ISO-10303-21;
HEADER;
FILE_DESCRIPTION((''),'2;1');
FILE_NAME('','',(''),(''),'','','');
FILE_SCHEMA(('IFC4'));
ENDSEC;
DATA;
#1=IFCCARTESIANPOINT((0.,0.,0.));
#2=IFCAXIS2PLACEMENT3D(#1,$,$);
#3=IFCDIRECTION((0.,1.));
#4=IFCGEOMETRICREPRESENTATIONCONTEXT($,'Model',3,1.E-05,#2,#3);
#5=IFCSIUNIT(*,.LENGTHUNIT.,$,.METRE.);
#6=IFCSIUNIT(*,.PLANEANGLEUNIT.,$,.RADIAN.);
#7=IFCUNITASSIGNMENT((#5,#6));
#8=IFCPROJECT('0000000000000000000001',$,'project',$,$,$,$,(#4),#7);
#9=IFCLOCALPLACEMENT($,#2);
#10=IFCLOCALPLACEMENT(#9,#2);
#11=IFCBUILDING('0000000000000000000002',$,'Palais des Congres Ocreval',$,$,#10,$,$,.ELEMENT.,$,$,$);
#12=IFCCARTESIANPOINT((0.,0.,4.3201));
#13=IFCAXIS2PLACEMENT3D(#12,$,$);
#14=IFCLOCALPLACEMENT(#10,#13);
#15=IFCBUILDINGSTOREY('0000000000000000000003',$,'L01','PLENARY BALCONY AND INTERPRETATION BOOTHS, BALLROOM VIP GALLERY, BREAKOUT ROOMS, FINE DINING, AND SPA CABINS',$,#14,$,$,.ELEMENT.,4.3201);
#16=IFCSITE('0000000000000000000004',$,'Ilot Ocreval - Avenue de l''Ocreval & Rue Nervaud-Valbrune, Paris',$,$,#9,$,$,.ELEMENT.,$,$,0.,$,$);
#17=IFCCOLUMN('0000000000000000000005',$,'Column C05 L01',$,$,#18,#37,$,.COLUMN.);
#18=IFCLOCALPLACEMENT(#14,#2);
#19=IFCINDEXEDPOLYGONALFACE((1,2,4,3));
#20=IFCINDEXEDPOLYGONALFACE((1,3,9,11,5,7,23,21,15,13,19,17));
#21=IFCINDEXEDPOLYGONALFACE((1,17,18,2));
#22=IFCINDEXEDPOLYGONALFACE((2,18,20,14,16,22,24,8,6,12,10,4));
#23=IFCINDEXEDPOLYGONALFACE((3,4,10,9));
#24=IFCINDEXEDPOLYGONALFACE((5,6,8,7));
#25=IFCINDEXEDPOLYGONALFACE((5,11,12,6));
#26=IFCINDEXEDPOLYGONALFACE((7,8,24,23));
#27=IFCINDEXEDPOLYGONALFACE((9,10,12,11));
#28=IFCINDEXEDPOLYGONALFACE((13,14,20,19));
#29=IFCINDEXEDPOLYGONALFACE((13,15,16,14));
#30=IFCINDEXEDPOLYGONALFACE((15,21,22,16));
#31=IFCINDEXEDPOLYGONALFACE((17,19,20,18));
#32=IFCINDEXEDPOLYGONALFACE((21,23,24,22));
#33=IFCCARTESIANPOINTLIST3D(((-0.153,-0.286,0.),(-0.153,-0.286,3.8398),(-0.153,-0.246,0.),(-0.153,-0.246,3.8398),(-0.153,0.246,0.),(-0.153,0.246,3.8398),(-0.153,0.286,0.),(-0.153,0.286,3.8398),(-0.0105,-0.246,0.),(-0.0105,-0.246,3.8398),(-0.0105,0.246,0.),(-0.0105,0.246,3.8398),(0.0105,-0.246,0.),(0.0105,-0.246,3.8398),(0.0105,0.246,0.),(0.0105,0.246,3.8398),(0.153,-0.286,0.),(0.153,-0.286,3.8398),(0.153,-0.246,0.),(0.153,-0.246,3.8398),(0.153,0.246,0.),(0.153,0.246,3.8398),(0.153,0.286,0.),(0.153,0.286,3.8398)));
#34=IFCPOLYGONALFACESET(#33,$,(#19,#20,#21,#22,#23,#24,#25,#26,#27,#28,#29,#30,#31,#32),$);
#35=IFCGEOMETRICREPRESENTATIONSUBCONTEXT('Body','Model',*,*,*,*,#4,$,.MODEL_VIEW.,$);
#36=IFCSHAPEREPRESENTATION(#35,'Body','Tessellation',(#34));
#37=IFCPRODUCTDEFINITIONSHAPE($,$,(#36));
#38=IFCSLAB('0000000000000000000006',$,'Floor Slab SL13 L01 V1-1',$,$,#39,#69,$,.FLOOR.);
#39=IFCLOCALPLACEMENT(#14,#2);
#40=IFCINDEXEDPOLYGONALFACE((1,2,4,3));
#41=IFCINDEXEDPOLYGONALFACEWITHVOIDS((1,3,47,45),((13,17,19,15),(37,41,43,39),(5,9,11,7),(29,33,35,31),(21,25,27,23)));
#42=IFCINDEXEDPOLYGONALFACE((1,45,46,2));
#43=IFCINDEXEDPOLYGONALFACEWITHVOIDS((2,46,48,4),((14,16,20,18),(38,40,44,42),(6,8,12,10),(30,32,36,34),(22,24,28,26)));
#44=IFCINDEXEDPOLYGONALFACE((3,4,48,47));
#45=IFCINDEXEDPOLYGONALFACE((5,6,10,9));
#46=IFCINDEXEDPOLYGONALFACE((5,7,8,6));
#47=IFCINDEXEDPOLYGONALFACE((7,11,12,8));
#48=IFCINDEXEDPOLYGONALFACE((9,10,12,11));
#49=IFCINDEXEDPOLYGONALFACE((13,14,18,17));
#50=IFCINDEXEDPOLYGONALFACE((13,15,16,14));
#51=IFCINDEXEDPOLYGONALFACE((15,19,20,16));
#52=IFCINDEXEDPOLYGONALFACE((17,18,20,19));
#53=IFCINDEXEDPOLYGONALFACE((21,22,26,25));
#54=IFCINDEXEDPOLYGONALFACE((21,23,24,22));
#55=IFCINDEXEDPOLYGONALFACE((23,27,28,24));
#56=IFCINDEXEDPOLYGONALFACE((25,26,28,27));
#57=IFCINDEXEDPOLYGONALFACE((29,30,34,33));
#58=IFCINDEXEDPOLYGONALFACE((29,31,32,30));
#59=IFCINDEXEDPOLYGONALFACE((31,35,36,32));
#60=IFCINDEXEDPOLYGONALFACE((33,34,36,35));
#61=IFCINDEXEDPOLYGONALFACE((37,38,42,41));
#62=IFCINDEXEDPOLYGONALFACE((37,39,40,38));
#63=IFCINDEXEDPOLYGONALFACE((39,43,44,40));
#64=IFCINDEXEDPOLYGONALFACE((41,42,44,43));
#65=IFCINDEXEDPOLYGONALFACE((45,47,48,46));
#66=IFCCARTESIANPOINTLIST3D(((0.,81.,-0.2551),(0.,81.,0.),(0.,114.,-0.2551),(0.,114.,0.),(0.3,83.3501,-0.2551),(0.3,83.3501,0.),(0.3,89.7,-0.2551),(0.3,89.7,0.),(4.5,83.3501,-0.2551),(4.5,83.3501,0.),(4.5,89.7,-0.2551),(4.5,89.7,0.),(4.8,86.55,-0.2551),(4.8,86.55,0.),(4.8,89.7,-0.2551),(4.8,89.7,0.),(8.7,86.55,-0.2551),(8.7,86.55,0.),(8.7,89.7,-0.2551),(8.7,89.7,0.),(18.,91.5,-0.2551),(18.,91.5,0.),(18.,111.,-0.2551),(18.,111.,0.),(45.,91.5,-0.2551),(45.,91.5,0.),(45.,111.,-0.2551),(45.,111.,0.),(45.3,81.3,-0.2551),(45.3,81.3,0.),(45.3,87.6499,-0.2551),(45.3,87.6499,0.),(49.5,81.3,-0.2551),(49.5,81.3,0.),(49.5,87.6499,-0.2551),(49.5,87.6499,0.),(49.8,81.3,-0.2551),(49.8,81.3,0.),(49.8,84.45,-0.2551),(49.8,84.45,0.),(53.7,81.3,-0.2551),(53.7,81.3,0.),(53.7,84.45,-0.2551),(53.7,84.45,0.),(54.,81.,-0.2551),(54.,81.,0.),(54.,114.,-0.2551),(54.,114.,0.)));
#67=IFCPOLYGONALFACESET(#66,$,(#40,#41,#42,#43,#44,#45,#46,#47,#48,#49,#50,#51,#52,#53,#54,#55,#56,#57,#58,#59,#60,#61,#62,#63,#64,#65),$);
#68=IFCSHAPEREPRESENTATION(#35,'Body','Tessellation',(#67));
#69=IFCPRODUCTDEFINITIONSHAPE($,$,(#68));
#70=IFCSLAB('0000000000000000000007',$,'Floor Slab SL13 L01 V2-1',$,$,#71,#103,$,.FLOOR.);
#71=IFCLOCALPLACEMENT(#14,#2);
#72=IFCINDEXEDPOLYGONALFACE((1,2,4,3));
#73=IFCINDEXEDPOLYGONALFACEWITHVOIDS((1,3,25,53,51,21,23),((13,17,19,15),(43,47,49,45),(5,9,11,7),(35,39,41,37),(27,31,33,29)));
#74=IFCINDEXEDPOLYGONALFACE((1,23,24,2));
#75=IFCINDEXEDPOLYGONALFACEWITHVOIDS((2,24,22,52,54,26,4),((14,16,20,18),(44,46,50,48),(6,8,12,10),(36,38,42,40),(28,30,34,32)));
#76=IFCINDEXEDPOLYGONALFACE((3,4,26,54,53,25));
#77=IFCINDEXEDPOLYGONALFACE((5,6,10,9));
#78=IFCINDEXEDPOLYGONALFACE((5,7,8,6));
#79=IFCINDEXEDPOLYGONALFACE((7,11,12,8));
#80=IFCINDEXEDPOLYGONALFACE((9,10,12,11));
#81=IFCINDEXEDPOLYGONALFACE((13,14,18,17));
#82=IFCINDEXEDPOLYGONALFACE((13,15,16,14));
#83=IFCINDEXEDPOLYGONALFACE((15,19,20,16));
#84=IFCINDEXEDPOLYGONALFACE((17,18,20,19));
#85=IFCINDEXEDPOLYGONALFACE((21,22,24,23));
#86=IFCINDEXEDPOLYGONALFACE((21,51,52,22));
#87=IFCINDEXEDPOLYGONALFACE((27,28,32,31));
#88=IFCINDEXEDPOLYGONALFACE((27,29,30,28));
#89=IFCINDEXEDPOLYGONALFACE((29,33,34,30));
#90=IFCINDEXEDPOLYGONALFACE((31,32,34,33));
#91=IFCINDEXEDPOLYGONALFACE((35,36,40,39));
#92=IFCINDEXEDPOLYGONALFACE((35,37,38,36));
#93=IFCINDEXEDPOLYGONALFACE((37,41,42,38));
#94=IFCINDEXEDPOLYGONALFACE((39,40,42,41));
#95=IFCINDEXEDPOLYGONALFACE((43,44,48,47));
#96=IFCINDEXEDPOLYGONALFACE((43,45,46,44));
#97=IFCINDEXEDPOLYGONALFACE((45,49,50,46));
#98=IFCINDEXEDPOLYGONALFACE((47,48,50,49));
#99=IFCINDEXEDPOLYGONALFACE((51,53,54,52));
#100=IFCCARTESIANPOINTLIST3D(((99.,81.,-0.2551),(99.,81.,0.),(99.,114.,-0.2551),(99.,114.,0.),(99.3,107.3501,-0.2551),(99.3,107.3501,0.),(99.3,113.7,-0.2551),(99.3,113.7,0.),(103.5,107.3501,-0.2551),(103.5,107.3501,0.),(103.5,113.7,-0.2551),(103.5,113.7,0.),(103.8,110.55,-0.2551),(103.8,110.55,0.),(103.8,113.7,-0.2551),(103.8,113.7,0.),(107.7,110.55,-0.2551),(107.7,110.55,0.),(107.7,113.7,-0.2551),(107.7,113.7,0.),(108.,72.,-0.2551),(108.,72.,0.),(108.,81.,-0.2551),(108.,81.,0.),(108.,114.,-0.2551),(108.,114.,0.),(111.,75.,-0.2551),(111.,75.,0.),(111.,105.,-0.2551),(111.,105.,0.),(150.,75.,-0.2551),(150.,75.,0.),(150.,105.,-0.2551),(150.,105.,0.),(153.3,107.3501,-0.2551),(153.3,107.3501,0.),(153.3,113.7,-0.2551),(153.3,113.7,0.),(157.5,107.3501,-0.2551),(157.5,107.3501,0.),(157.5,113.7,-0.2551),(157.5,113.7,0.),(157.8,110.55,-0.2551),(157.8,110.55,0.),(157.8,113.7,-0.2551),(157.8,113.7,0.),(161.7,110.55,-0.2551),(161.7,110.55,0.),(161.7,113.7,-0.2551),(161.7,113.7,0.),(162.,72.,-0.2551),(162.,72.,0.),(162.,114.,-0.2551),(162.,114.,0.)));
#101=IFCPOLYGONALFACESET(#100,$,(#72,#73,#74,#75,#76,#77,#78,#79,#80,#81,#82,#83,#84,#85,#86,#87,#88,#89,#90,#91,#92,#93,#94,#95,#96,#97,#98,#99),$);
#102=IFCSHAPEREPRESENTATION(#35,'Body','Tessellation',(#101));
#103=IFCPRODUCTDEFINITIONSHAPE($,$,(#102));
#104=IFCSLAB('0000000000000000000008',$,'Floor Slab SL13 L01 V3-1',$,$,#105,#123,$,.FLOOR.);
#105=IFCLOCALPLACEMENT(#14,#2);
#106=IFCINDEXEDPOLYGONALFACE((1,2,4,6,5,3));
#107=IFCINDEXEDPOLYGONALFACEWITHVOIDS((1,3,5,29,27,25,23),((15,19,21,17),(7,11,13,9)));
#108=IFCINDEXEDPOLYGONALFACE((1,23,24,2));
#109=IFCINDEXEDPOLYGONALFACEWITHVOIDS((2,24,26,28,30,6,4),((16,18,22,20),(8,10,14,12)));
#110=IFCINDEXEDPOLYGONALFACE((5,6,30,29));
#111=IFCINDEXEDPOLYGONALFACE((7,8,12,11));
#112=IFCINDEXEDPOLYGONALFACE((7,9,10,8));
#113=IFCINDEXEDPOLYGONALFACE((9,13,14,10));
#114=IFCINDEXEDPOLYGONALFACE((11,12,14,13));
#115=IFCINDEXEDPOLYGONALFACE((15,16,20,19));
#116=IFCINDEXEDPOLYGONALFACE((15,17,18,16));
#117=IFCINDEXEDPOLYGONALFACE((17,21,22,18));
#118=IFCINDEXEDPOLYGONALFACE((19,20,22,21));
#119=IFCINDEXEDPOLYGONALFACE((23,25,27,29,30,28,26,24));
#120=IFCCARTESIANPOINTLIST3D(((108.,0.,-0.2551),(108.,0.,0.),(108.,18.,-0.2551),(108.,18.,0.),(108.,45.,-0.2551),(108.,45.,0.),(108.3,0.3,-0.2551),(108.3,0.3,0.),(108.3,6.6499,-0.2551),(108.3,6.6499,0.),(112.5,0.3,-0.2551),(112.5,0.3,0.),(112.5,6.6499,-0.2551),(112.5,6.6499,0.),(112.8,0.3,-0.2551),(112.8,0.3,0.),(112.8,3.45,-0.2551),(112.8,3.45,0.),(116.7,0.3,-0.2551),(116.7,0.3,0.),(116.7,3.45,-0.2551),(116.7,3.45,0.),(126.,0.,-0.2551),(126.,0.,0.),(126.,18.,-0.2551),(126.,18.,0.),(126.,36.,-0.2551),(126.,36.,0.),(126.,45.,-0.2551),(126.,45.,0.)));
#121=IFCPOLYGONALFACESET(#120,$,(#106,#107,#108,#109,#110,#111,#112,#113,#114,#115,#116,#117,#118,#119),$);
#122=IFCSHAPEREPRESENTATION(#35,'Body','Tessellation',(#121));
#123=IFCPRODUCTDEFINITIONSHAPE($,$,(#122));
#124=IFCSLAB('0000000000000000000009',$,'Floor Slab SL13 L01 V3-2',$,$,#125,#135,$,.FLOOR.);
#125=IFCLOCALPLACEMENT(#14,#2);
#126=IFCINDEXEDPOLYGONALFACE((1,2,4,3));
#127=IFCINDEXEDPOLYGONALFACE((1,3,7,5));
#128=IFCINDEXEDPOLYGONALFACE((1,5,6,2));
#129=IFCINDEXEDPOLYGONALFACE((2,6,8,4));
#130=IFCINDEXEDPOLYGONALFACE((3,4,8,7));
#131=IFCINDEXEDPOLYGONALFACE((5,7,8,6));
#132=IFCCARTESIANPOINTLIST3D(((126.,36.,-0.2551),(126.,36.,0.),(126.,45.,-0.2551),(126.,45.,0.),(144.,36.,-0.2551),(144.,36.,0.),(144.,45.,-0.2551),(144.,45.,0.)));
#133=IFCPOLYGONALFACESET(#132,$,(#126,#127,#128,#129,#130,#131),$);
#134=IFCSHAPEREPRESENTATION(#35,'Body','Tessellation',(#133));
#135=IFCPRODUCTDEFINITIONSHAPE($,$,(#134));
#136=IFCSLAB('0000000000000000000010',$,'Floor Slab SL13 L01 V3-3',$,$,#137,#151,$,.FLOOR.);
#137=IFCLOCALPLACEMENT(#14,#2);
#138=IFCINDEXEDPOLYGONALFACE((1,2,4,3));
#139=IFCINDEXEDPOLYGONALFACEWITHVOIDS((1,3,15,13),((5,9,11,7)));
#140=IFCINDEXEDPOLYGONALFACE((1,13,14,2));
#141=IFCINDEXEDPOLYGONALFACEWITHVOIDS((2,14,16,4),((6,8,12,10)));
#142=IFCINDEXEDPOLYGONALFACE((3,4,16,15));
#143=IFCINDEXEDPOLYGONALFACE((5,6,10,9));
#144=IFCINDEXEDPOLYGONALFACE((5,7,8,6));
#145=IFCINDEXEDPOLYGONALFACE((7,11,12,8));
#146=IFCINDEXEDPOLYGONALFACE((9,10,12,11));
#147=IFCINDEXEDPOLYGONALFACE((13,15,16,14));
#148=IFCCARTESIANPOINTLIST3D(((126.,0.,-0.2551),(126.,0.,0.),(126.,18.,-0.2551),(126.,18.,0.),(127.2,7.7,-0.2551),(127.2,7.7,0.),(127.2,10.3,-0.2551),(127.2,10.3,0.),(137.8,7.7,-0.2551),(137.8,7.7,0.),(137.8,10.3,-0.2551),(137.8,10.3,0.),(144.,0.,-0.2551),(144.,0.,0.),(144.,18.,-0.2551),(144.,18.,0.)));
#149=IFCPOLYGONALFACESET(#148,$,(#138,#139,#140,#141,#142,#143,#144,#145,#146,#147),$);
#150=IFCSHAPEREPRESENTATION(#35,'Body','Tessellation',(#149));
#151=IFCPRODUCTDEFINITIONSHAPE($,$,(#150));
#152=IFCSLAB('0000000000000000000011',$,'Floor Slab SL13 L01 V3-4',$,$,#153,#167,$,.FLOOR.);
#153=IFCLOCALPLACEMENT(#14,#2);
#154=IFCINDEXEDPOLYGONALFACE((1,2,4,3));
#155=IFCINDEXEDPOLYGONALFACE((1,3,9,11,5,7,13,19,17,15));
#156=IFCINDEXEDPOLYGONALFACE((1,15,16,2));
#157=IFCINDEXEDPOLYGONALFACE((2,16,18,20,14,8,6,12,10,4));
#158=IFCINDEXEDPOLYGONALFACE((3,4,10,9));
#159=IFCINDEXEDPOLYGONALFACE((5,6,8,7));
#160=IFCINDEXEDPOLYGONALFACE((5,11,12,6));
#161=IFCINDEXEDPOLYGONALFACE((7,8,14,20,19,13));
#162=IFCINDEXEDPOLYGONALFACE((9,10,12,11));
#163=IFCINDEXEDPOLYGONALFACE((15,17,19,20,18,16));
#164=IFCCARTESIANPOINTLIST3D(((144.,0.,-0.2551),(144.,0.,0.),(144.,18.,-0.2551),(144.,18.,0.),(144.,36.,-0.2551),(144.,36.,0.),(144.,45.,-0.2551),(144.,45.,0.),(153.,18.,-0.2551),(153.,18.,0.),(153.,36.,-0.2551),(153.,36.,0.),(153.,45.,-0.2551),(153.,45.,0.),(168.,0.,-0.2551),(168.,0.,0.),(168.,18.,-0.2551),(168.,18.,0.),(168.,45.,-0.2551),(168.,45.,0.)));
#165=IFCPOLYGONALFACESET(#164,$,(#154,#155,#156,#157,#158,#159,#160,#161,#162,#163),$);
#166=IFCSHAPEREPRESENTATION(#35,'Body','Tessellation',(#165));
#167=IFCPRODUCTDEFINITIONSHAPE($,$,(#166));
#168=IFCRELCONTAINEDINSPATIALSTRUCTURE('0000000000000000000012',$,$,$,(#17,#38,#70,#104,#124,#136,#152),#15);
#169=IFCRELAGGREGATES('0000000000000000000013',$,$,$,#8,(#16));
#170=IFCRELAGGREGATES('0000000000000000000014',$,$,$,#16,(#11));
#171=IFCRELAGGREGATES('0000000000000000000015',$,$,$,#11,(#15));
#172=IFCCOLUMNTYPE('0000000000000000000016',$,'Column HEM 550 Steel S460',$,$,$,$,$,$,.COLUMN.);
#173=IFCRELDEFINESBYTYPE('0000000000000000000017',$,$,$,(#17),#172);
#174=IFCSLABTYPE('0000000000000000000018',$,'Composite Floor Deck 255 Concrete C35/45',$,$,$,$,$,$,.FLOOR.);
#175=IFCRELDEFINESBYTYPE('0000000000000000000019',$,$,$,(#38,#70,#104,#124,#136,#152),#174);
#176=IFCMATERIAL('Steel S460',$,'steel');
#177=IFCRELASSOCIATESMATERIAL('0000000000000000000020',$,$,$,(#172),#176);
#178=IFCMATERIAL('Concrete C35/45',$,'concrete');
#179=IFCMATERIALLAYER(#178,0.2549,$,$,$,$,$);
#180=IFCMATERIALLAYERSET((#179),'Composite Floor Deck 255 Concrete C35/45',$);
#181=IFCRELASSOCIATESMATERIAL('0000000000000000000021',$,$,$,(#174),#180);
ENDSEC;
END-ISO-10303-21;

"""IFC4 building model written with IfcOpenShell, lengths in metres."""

from ifc_helpers import new_model, si_unit, direction, frame, origin, origin_with_axes, origin_2d, place, context, subcontext, project, spatial, polyline, i_section, outline, extrude, material, layer, layer_set, material_profile, profile_set, type_object, element, save


model = new_model("IFC4")

# Units and contexts
model_context = context("Model", 3, precision=1e-05, world=origin(), true_north=direction((0.0, 1.0)))
body_context = subcontext(model_context, "Body", "Model", "MODEL_VIEW")
ifc_project = project(units=[si_unit("LENGTHUNIT", "METRE"), si_unit("PLANEANGLEUNIT", "RADIAN")], contexts=[model_context])

# Site, building, storey
site_placement = place(None, origin())
site = spatial("IfcSite", under=ifc_project, at=site_placement, Name="Ilot Ocreval - Avenue de l'Ocreval & Rue Nervaud-Valbrune, Paris", CompositionType="ELEMENT", RefElevation=0.0)
building_placement = place(site_placement, origin())
building = spatial("IfcBuilding", under=site, at=building_placement, Name="Palais des Congres Ocreval", CompositionType="ELEMENT")
storey_placement = place(building_placement, frame((0.0, 0.0, 4.3201)))
storey = spatial("IfcBuildingStorey", under=building, at=storey_placement, Name="L01", Description="PLENARY BALCONY AND INTERPRETATION BOOTHS, BALLROOM VIP GALLERY, BREAKOUT ROOMS, FINE DINING, AND SPA CABINS", CompositionType="ELEMENT", Elevation=4.3201)

# Column
ifc_material_1 = material(Name="Steel S460", Category="steel")
ifc_material_profile = material_profile(ifc_material_1, i_section(OverallWidth=0.3059, OverallDepth=0.572, WebThickness=0.021, FlangeThickness=0.04, at=origin_2d()), Name="HEM 550")
ifc_profile_set = profile_set([ifc_material_profile], Name="Steel S460")
column_type = type_object("IfcColumnType", Name="Column HEM 550 Steel S460", PredefinedType="COLUMN", material=ifc_profile_set)
column_placement = place(storey_placement, origin_with_axes())
element("IfcColumn", 1, at=column_placement, inside=storey, type_object=column_type, Name="Column C05 L01", PredefinedType="COLUMN", context=body_context, shape_type="SweptSolid", body=[
    extrude(i_section(OverallWidth=0.3059, OverallDepth=0.572, WebThickness=0.021, FlangeThickness=0.04, at=origin_2d()), origin(), (0.0, 0.0, 1.0), 3.8398),
])

# Slabs
ifc_material_2 = material(Name="Concrete C35/45", Category="concrete")
ifc_layer_1 = layer(ifc_material_2, 0.2549)
ifc_layer_set_1 = layer_set([ifc_layer_1], Name="Composite Floor Deck 255 Concrete C35/45")
slab_type_1 = type_object("IfcSlabType", Name="Composite Floor Deck 255 Concrete C35/45", PredefinedType="FLOOR", material=ifc_layer_set_1)
slab_1_placement = place(storey_placement, frame((0.0, 0.0, -0.2551)))
element("IfcSlab", 2, at=slab_1_placement, inside=storey, type_object=slab_type_1, Name="Floor Slab SL13 L01 V1-1", PredefinedType="FLOOR", context=body_context, shape_type="SweptSolid", body=[
    extrude(outline(polyline([(0.0, 114.0), (54.0, 114.0), (54.0, 81.0), (0.0, 81.0), (0.0, 114.0)]), holes=[polyline([(49.5, 87.6499), (45.3, 87.6499), (45.3, 81.3), (49.5, 81.3), (49.5, 87.6499)]), polyline([(4.5, 89.7), (0.3, 89.7), (0.3, 83.3501), (4.5, 83.3501), (4.5, 89.7)]), polyline([(8.7, 89.7), (4.8, 89.7), (4.8, 86.55), (8.7, 86.55), (8.7, 89.7)]), polyline([(45.0, 111.0), (18.0, 111.0), (18.0, 91.5), (45.0, 91.5), (45.0, 111.0)]), polyline([(53.7, 84.45), (49.8, 84.45), (49.8, 81.3), (53.7, 81.3), (53.7, 84.45)])]), origin(), (0.0, 0.0, 1.0), 0.2551),
])
slab_2_placement = place(storey_placement, frame((0.0, 0.0, -0.2551)))
element("IfcSlab", 3, at=slab_2_placement, inside=storey, type_object=slab_type_1, Name="Floor Slab SL13 L01 V2-1", PredefinedType="FLOOR", context=body_context, shape_type="SweptSolid", body=[
    extrude(outline(polyline([(108.0, 72.0), (108.0, 81.0), (99.0, 81.0), (99.0, 114.0), (108.0, 114.0), (162.0, 114.0), (162.0, 72.0), (108.0, 72.0)]), holes=[polyline([(150.0, 105.0), (111.0, 105.0), (111.0, 75.0), (150.0, 75.0), (150.0, 105.0)]), polyline([(103.5, 113.7), (99.3, 113.7), (99.3, 107.3501), (103.5, 107.3501), (103.5, 113.7)]), polyline([(157.5, 113.7), (153.3, 113.7), (153.3, 107.3501), (157.5, 107.3501), (157.5, 113.7)]), polyline([(107.7, 113.7), (103.8, 113.7), (103.8, 110.55), (107.7, 110.55), (107.7, 113.7)]), polyline([(161.7, 113.7), (157.8, 113.7), (157.8, 110.55), (161.7, 110.55), (161.7, 113.7)])]), origin(), (0.0, 0.0, 1.0), 0.2551),
])
slab_3_placement = place(storey_placement, frame((0.0, 0.0, -0.2551)))
element("IfcSlab", 4, at=slab_3_placement, inside=storey, type_object=slab_type_1, Name="Floor Slab SL13 L01 V3-1", PredefinedType="FLOOR", context=body_context, shape_type="SweptSolid", body=[
    extrude(outline(polyline([(108.0, 18.0), (108.0, 45.0), (126.0, 45.0), (126.0, 36.0), (126.0, 18.0), (126.0, 0.0), (108.0, 0.0), (108.0, 18.0)]), holes=[polyline([(116.7, 3.45), (112.8, 3.45), (112.8, 0.3), (116.7, 0.3), (116.7, 3.45)]), polyline([(108.3, 6.6499), (108.3, 0.3), (112.5, 0.3), (112.5, 6.6499), (108.3, 6.6499)])]), origin(), (0.0, 0.0, 1.0), 0.2551),
])
slab_4_placement = place(storey_placement, frame((0.0, 0.0, -0.2551)))
element("IfcSlab", 5, at=slab_4_placement, inside=storey, type_object=slab_type_1, Name="Floor Slab SL13 L01 V3-2", PredefinedType="FLOOR", context=body_context, shape_type="SweptSolid", body=[
    extrude(outline(polyline([(144.0, 45.0), (144.0, 36.0), (126.0, 36.0), (126.0, 45.0), (144.0, 45.0)])), origin(), (0.0, 0.0, 1.0), 0.2551),
])
slab_5_placement = place(storey_placement, frame((0.0, 0.0, -0.2551)))
element("IfcSlab", 6, at=slab_5_placement, inside=storey, type_object=slab_type_1, Name="Floor Slab SL13 L01 V3-3", PredefinedType="FLOOR", context=body_context, shape_type="SweptSolid", body=[
    extrude(outline(polyline([(126.0, 0.0), (126.0, 18.0), (144.0, 18.0), (144.0, 0.0), (126.0, 0.0)]), holes=[polyline([(137.8, 10.3), (127.2, 10.3), (127.2, 7.7), (137.8, 7.7), (137.8, 10.3)])]), origin(), (0.0, 0.0, 1.0), 0.2551),
])
slab_6_placement = place(storey_placement, frame((0.0, 0.0, -0.2551)))
element("IfcSlab", 7, at=slab_6_placement, inside=storey, type_object=slab_type_1, Name="Floor Slab SL13 L01 V3-4", PredefinedType="FLOOR", context=body_context, shape_type="SweptSolid", body=[
    extrude(outline(polyline([(153.0, 45.0), (168.0, 45.0), (168.0, 18.0), (168.0, 0.0), (144.0, 0.0), (144.0, 18.0), (153.0, 18.0), (153.0, 36.0), (144.0, 36.0), (144.0, 45.0), (153.0, 45.0)])), origin(), (0.0, 0.0, 1.0), 0.2551),
])

save(model, "model.ifc")
